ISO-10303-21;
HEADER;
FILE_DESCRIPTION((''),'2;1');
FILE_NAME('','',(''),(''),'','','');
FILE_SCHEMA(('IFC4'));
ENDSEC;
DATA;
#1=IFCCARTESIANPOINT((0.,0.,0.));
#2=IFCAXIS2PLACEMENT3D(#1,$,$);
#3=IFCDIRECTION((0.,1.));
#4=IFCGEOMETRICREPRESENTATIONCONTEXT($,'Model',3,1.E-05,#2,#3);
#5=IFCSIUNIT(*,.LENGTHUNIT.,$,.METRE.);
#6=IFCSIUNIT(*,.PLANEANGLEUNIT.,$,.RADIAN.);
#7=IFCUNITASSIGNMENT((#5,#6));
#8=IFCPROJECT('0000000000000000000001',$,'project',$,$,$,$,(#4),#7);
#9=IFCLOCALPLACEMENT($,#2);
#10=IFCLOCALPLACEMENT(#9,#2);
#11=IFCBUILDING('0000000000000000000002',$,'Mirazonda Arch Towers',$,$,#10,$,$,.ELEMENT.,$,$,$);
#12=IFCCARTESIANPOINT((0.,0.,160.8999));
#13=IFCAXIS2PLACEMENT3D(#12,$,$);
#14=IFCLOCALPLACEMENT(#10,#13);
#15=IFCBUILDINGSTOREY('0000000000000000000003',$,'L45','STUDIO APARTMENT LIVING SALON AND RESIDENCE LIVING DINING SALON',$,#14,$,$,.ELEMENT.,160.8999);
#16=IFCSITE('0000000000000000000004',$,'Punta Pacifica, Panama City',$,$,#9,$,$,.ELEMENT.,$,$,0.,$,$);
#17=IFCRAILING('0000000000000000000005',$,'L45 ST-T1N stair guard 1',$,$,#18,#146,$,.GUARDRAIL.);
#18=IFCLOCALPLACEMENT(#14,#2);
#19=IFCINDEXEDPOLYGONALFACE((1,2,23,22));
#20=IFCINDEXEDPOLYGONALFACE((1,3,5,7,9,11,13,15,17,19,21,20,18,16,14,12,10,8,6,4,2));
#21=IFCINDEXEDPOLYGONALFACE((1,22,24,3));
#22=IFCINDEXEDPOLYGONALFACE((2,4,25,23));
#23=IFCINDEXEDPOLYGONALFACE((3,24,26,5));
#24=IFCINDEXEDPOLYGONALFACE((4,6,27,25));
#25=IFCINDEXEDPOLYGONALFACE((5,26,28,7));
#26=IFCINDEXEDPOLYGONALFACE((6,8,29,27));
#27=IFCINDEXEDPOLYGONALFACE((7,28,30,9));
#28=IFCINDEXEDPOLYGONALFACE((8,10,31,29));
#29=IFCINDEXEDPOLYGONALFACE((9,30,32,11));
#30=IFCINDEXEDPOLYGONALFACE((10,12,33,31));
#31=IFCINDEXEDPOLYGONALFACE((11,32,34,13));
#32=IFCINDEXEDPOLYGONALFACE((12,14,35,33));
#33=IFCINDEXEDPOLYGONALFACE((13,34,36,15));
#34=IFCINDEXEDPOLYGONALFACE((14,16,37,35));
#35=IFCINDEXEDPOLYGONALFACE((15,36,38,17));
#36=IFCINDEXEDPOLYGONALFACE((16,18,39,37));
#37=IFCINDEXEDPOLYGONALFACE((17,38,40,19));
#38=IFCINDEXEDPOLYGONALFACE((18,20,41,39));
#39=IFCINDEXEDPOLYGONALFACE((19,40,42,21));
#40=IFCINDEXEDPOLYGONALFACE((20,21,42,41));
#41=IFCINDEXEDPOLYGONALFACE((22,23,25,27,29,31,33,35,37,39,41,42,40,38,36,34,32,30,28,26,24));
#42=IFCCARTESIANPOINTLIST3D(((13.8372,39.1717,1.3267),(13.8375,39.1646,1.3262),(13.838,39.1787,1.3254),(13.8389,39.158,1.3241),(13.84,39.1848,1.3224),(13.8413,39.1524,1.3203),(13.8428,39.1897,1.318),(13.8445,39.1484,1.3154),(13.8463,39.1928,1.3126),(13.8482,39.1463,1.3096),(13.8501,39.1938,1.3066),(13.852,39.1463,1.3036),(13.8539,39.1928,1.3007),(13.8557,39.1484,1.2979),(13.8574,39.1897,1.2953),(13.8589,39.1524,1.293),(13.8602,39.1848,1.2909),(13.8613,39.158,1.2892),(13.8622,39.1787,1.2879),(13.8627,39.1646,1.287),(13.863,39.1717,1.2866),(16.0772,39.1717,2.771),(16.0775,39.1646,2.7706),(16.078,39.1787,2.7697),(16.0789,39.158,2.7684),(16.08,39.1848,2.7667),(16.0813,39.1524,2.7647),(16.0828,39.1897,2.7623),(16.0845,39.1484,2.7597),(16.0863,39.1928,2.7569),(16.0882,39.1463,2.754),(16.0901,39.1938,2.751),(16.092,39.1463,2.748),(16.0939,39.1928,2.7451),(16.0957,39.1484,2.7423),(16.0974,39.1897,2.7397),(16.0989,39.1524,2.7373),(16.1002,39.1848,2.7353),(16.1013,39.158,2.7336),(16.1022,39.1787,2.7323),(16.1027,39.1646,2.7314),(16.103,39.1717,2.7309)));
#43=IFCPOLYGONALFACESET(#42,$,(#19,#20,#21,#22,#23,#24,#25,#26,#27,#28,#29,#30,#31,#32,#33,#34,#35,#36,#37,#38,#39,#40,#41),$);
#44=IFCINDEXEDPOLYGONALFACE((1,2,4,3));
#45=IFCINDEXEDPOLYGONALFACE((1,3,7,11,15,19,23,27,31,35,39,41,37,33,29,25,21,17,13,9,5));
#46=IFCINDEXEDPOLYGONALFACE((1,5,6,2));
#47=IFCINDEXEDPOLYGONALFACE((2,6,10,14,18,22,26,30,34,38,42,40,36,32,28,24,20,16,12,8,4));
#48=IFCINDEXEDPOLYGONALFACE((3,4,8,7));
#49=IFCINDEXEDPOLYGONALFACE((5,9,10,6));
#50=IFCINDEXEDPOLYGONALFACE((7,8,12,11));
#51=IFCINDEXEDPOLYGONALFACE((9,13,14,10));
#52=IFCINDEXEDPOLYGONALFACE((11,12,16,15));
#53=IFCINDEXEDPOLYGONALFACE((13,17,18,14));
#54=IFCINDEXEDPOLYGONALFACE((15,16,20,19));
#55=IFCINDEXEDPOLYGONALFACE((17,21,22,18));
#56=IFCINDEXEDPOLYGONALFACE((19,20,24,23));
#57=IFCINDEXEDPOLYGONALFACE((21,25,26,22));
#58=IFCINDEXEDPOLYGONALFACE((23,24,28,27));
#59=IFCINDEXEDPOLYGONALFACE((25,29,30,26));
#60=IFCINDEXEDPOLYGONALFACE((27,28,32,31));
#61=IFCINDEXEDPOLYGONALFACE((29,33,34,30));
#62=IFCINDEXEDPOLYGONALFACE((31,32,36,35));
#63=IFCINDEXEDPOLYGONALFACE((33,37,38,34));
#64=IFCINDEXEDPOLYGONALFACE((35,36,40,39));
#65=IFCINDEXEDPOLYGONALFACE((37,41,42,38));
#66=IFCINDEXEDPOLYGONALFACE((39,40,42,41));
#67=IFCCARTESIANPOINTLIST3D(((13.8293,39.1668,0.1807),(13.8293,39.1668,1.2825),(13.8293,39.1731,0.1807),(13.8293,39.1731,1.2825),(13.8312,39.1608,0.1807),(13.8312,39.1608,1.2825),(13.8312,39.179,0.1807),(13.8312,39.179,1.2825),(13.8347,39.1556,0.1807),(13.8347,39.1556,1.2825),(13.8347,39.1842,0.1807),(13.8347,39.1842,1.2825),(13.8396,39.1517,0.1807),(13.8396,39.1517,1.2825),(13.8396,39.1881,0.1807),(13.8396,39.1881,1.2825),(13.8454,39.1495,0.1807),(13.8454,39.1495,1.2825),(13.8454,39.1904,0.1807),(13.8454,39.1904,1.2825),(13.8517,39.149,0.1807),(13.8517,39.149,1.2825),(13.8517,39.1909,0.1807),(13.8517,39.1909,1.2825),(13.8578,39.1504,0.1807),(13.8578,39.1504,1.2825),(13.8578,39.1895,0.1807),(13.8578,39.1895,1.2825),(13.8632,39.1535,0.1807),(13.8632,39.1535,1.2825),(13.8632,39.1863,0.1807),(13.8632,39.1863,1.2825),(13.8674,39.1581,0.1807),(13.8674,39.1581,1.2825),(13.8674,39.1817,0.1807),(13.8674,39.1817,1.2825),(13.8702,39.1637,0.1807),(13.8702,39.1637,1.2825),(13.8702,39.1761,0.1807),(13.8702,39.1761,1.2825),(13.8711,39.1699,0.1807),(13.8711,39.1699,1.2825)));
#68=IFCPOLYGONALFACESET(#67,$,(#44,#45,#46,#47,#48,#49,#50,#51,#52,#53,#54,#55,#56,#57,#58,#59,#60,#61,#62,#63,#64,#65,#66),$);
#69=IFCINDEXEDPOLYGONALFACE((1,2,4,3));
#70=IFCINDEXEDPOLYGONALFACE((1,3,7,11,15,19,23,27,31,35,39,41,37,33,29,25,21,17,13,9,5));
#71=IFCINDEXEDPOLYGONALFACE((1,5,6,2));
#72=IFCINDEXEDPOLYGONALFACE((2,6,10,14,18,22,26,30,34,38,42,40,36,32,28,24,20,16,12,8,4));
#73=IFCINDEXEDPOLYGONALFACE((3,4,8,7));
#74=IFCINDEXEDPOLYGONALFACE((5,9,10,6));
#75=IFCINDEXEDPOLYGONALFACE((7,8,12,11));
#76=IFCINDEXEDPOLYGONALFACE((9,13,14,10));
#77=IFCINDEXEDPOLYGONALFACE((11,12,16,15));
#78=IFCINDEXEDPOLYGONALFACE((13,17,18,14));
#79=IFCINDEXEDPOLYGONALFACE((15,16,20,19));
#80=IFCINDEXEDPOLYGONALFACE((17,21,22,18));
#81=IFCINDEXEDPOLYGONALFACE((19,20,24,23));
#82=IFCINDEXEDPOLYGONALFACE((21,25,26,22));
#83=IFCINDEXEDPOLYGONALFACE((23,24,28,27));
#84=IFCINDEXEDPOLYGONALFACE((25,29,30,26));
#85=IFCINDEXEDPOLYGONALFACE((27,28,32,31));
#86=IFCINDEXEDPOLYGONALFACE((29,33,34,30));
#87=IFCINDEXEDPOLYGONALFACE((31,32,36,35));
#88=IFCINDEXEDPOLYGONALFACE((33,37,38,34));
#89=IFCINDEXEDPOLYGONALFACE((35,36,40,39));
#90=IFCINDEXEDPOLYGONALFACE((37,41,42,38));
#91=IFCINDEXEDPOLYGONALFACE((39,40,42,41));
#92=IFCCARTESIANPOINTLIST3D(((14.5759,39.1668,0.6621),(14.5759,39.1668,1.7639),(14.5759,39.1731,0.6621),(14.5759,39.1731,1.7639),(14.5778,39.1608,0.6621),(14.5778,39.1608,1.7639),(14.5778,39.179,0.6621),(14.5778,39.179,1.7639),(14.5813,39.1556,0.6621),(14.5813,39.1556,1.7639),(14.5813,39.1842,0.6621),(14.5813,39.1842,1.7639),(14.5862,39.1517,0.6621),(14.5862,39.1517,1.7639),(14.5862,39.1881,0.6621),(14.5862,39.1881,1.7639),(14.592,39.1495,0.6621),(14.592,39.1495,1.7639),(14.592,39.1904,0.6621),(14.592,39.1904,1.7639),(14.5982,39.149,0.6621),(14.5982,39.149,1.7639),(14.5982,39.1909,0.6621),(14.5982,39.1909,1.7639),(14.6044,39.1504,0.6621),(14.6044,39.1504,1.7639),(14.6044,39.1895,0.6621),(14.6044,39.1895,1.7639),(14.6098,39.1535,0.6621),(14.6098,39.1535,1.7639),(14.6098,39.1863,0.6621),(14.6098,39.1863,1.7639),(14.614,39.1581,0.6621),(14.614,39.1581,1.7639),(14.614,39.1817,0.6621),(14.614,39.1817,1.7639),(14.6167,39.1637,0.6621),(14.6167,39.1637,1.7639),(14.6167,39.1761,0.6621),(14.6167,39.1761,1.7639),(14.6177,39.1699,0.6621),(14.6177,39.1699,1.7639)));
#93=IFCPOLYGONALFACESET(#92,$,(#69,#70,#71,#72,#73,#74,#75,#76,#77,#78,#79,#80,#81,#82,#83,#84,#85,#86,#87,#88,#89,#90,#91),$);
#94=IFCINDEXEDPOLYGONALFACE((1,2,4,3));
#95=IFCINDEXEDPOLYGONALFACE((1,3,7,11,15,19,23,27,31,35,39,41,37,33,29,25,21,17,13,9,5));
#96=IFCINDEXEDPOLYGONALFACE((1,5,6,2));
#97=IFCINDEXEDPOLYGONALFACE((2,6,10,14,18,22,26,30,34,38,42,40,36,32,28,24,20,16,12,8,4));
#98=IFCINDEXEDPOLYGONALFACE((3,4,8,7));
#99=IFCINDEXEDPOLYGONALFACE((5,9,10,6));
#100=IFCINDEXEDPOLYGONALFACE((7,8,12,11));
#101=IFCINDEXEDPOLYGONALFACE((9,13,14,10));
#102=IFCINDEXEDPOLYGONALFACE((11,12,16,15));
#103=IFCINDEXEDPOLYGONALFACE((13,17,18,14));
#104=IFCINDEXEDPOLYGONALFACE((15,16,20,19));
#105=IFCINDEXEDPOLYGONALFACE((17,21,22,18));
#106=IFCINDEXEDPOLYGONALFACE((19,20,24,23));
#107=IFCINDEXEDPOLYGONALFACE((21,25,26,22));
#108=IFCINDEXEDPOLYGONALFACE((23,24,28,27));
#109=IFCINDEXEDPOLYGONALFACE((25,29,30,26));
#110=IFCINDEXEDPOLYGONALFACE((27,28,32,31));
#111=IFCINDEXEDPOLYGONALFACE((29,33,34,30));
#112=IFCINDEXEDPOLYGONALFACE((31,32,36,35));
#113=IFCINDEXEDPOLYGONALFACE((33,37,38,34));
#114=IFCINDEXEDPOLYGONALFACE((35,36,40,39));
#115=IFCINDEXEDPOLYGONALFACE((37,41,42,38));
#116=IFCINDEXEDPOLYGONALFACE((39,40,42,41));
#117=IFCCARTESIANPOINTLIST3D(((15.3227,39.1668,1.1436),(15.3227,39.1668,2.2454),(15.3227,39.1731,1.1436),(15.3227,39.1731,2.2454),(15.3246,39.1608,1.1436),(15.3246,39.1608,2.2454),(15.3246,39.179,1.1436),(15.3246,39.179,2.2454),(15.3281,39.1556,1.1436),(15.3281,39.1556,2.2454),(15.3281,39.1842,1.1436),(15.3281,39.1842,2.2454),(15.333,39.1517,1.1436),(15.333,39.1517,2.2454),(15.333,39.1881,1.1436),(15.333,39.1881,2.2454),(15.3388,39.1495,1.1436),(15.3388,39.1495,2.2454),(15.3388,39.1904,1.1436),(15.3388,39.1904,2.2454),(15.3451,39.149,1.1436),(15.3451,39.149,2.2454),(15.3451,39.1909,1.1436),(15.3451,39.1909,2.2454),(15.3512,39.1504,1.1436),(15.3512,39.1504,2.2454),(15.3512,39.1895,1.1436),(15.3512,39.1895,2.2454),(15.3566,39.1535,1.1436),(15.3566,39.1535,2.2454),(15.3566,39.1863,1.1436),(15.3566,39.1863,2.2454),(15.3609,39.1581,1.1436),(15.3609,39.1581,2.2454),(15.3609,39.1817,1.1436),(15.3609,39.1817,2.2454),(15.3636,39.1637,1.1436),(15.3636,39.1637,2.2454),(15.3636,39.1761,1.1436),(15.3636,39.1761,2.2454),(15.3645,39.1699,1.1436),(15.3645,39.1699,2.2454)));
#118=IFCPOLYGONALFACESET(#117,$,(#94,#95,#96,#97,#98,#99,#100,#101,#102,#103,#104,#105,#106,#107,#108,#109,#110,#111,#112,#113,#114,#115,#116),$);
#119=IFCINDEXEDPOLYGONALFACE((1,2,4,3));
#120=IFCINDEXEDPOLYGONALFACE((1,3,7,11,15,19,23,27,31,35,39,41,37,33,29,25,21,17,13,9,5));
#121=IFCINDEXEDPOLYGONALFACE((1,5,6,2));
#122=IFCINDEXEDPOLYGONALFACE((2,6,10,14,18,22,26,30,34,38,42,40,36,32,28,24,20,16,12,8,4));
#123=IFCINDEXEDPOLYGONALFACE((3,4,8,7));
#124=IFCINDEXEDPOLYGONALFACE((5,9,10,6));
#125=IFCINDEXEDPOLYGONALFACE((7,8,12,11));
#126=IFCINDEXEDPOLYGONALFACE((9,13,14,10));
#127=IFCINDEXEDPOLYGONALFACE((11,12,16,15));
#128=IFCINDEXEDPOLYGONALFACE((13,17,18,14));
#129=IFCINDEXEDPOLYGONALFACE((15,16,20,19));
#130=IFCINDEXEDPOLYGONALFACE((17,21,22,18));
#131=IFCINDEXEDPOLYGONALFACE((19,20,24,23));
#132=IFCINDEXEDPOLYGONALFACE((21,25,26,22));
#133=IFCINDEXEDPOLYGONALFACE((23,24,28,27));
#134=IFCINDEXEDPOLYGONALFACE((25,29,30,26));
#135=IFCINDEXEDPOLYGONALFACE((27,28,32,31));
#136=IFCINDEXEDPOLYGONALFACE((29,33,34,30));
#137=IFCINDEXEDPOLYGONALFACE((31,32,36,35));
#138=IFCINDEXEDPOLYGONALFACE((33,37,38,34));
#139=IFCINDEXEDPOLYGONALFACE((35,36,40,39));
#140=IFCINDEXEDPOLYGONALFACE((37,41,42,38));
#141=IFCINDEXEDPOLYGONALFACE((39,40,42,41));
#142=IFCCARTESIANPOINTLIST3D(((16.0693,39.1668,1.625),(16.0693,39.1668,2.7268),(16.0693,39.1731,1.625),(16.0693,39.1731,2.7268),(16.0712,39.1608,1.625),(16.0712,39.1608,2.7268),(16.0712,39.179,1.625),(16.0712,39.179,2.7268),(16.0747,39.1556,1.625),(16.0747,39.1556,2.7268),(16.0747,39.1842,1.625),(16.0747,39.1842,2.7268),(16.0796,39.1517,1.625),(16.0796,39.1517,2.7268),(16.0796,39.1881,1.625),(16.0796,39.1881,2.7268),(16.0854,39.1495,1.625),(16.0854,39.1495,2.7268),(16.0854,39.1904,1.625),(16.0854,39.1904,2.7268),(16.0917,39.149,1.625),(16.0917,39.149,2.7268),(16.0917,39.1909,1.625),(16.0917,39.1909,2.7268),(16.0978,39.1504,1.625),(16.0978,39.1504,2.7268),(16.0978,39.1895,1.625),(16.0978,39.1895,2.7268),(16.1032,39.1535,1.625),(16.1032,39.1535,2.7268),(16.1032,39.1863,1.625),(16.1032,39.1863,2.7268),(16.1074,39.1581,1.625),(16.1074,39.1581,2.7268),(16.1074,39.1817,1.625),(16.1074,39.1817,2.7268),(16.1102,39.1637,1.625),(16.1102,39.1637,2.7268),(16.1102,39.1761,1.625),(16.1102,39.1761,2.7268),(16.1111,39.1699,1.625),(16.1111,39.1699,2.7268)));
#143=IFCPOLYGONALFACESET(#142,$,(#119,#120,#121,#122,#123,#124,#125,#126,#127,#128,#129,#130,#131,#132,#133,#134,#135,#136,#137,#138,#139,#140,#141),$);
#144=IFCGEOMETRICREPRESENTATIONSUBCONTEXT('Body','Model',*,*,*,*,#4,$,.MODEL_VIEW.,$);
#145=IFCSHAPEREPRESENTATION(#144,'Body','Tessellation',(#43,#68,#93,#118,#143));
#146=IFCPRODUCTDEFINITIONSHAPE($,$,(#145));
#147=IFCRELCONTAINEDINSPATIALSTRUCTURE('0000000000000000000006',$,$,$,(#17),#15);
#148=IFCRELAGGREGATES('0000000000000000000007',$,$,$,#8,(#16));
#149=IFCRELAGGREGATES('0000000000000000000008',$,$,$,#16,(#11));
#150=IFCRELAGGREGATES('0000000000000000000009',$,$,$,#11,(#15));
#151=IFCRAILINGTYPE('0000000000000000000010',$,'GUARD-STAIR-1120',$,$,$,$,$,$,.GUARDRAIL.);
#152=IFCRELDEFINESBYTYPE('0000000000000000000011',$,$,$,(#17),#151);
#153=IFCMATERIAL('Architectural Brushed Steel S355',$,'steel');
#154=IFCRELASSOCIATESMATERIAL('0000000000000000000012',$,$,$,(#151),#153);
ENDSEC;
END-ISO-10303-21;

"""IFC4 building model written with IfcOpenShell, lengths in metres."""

from ifc_helpers import new_model, si_unit, direction, frame, origin, origin_2d, place, context, subcontext, project, spatial, circle, extrude, material, type_object, element, save


model = new_model("IFC4")

# Units and contexts
model_context = context("Model", 3, precision=1e-05, world=origin(), true_north=direction((0.0, 1.0)))
body_context = subcontext(model_context, "Body", "Model", "MODEL_VIEW")
ifc_project = project(units=[si_unit("LENGTHUNIT", "METRE"), si_unit("PLANEANGLEUNIT", "RADIAN")], contexts=[model_context])

# Site, building, storey
site_placement = place(None, origin())
site = spatial("IfcSite", under=ifc_project, at=site_placement, Name="Punta Pacifica, Panama City", CompositionType="ELEMENT", RefElevation=0.0)
building_placement = place(site_placement, origin())
building = spatial("IfcBuilding", under=site, at=building_placement, Name="Mirazonda Arch Towers", CompositionType="ELEMENT")
storey_placement = place(building_placement, frame((0.0, 0.0, 160.8999)))
storey = spatial("IfcBuildingStorey", under=building, at=storey_placement, Name="L45", Description="STUDIO APARTMENT LIVING SALON AND RESIDENCE LIVING DINING SALON", CompositionType="ELEMENT", Elevation=160.8999)

# Shared definitions
ifc_material_1 = material(Name="Architectural Brushed Steel S355", Category="steel")

# Railing
railing_type_1 = type_object("IfcRailingType", Name="GUARD-STAIR-1120", PredefinedType="GUARDRAIL", material=ifc_material_1)
railing_1_placement = place(storey_placement, frame((13.8501, 39.1699, 0.1807)))
element("IfcRailing", 1, at=railing_1_placement, inside=storey, type_object=railing_type_1, Name="L45 ST-T1N stair guard 1", PredefinedType="GUARDRAIL", context=body_context, shape_type="SweptSolid", body=[
    extrude(circle(Radius=0.0239, at=origin_2d()), frame((0.0, 0.0, 1.126), z_axis=(0.840437, 0.0, 0.54191), x_axis=(0.0, 1.0, 0.0)), (0.0, 0.0, 1.0), 2.6653),
    extrude(circle(Radius=0.021, at=origin_2d()), origin(), (0.0, 0.0, 1.0), 1.1018),
    extrude(circle(Radius=0.021, at=origin_2d()), frame((0.7466, 0.0, 0.4814)), (0.0, 0.0, 1.0), 1.1018),
    extrude(circle(Radius=0.021, at=origin_2d()), frame((1.4934, 0.0, 0.9629)), (0.0, 0.0, 1.0), 1.1018),
    extrude(circle(Radius=0.021, at=origin_2d()), frame((2.24, 0.0, 1.4443)), (0.0, 0.0, 1.0), 1.1018),
])

save(model, "model.ifc")
